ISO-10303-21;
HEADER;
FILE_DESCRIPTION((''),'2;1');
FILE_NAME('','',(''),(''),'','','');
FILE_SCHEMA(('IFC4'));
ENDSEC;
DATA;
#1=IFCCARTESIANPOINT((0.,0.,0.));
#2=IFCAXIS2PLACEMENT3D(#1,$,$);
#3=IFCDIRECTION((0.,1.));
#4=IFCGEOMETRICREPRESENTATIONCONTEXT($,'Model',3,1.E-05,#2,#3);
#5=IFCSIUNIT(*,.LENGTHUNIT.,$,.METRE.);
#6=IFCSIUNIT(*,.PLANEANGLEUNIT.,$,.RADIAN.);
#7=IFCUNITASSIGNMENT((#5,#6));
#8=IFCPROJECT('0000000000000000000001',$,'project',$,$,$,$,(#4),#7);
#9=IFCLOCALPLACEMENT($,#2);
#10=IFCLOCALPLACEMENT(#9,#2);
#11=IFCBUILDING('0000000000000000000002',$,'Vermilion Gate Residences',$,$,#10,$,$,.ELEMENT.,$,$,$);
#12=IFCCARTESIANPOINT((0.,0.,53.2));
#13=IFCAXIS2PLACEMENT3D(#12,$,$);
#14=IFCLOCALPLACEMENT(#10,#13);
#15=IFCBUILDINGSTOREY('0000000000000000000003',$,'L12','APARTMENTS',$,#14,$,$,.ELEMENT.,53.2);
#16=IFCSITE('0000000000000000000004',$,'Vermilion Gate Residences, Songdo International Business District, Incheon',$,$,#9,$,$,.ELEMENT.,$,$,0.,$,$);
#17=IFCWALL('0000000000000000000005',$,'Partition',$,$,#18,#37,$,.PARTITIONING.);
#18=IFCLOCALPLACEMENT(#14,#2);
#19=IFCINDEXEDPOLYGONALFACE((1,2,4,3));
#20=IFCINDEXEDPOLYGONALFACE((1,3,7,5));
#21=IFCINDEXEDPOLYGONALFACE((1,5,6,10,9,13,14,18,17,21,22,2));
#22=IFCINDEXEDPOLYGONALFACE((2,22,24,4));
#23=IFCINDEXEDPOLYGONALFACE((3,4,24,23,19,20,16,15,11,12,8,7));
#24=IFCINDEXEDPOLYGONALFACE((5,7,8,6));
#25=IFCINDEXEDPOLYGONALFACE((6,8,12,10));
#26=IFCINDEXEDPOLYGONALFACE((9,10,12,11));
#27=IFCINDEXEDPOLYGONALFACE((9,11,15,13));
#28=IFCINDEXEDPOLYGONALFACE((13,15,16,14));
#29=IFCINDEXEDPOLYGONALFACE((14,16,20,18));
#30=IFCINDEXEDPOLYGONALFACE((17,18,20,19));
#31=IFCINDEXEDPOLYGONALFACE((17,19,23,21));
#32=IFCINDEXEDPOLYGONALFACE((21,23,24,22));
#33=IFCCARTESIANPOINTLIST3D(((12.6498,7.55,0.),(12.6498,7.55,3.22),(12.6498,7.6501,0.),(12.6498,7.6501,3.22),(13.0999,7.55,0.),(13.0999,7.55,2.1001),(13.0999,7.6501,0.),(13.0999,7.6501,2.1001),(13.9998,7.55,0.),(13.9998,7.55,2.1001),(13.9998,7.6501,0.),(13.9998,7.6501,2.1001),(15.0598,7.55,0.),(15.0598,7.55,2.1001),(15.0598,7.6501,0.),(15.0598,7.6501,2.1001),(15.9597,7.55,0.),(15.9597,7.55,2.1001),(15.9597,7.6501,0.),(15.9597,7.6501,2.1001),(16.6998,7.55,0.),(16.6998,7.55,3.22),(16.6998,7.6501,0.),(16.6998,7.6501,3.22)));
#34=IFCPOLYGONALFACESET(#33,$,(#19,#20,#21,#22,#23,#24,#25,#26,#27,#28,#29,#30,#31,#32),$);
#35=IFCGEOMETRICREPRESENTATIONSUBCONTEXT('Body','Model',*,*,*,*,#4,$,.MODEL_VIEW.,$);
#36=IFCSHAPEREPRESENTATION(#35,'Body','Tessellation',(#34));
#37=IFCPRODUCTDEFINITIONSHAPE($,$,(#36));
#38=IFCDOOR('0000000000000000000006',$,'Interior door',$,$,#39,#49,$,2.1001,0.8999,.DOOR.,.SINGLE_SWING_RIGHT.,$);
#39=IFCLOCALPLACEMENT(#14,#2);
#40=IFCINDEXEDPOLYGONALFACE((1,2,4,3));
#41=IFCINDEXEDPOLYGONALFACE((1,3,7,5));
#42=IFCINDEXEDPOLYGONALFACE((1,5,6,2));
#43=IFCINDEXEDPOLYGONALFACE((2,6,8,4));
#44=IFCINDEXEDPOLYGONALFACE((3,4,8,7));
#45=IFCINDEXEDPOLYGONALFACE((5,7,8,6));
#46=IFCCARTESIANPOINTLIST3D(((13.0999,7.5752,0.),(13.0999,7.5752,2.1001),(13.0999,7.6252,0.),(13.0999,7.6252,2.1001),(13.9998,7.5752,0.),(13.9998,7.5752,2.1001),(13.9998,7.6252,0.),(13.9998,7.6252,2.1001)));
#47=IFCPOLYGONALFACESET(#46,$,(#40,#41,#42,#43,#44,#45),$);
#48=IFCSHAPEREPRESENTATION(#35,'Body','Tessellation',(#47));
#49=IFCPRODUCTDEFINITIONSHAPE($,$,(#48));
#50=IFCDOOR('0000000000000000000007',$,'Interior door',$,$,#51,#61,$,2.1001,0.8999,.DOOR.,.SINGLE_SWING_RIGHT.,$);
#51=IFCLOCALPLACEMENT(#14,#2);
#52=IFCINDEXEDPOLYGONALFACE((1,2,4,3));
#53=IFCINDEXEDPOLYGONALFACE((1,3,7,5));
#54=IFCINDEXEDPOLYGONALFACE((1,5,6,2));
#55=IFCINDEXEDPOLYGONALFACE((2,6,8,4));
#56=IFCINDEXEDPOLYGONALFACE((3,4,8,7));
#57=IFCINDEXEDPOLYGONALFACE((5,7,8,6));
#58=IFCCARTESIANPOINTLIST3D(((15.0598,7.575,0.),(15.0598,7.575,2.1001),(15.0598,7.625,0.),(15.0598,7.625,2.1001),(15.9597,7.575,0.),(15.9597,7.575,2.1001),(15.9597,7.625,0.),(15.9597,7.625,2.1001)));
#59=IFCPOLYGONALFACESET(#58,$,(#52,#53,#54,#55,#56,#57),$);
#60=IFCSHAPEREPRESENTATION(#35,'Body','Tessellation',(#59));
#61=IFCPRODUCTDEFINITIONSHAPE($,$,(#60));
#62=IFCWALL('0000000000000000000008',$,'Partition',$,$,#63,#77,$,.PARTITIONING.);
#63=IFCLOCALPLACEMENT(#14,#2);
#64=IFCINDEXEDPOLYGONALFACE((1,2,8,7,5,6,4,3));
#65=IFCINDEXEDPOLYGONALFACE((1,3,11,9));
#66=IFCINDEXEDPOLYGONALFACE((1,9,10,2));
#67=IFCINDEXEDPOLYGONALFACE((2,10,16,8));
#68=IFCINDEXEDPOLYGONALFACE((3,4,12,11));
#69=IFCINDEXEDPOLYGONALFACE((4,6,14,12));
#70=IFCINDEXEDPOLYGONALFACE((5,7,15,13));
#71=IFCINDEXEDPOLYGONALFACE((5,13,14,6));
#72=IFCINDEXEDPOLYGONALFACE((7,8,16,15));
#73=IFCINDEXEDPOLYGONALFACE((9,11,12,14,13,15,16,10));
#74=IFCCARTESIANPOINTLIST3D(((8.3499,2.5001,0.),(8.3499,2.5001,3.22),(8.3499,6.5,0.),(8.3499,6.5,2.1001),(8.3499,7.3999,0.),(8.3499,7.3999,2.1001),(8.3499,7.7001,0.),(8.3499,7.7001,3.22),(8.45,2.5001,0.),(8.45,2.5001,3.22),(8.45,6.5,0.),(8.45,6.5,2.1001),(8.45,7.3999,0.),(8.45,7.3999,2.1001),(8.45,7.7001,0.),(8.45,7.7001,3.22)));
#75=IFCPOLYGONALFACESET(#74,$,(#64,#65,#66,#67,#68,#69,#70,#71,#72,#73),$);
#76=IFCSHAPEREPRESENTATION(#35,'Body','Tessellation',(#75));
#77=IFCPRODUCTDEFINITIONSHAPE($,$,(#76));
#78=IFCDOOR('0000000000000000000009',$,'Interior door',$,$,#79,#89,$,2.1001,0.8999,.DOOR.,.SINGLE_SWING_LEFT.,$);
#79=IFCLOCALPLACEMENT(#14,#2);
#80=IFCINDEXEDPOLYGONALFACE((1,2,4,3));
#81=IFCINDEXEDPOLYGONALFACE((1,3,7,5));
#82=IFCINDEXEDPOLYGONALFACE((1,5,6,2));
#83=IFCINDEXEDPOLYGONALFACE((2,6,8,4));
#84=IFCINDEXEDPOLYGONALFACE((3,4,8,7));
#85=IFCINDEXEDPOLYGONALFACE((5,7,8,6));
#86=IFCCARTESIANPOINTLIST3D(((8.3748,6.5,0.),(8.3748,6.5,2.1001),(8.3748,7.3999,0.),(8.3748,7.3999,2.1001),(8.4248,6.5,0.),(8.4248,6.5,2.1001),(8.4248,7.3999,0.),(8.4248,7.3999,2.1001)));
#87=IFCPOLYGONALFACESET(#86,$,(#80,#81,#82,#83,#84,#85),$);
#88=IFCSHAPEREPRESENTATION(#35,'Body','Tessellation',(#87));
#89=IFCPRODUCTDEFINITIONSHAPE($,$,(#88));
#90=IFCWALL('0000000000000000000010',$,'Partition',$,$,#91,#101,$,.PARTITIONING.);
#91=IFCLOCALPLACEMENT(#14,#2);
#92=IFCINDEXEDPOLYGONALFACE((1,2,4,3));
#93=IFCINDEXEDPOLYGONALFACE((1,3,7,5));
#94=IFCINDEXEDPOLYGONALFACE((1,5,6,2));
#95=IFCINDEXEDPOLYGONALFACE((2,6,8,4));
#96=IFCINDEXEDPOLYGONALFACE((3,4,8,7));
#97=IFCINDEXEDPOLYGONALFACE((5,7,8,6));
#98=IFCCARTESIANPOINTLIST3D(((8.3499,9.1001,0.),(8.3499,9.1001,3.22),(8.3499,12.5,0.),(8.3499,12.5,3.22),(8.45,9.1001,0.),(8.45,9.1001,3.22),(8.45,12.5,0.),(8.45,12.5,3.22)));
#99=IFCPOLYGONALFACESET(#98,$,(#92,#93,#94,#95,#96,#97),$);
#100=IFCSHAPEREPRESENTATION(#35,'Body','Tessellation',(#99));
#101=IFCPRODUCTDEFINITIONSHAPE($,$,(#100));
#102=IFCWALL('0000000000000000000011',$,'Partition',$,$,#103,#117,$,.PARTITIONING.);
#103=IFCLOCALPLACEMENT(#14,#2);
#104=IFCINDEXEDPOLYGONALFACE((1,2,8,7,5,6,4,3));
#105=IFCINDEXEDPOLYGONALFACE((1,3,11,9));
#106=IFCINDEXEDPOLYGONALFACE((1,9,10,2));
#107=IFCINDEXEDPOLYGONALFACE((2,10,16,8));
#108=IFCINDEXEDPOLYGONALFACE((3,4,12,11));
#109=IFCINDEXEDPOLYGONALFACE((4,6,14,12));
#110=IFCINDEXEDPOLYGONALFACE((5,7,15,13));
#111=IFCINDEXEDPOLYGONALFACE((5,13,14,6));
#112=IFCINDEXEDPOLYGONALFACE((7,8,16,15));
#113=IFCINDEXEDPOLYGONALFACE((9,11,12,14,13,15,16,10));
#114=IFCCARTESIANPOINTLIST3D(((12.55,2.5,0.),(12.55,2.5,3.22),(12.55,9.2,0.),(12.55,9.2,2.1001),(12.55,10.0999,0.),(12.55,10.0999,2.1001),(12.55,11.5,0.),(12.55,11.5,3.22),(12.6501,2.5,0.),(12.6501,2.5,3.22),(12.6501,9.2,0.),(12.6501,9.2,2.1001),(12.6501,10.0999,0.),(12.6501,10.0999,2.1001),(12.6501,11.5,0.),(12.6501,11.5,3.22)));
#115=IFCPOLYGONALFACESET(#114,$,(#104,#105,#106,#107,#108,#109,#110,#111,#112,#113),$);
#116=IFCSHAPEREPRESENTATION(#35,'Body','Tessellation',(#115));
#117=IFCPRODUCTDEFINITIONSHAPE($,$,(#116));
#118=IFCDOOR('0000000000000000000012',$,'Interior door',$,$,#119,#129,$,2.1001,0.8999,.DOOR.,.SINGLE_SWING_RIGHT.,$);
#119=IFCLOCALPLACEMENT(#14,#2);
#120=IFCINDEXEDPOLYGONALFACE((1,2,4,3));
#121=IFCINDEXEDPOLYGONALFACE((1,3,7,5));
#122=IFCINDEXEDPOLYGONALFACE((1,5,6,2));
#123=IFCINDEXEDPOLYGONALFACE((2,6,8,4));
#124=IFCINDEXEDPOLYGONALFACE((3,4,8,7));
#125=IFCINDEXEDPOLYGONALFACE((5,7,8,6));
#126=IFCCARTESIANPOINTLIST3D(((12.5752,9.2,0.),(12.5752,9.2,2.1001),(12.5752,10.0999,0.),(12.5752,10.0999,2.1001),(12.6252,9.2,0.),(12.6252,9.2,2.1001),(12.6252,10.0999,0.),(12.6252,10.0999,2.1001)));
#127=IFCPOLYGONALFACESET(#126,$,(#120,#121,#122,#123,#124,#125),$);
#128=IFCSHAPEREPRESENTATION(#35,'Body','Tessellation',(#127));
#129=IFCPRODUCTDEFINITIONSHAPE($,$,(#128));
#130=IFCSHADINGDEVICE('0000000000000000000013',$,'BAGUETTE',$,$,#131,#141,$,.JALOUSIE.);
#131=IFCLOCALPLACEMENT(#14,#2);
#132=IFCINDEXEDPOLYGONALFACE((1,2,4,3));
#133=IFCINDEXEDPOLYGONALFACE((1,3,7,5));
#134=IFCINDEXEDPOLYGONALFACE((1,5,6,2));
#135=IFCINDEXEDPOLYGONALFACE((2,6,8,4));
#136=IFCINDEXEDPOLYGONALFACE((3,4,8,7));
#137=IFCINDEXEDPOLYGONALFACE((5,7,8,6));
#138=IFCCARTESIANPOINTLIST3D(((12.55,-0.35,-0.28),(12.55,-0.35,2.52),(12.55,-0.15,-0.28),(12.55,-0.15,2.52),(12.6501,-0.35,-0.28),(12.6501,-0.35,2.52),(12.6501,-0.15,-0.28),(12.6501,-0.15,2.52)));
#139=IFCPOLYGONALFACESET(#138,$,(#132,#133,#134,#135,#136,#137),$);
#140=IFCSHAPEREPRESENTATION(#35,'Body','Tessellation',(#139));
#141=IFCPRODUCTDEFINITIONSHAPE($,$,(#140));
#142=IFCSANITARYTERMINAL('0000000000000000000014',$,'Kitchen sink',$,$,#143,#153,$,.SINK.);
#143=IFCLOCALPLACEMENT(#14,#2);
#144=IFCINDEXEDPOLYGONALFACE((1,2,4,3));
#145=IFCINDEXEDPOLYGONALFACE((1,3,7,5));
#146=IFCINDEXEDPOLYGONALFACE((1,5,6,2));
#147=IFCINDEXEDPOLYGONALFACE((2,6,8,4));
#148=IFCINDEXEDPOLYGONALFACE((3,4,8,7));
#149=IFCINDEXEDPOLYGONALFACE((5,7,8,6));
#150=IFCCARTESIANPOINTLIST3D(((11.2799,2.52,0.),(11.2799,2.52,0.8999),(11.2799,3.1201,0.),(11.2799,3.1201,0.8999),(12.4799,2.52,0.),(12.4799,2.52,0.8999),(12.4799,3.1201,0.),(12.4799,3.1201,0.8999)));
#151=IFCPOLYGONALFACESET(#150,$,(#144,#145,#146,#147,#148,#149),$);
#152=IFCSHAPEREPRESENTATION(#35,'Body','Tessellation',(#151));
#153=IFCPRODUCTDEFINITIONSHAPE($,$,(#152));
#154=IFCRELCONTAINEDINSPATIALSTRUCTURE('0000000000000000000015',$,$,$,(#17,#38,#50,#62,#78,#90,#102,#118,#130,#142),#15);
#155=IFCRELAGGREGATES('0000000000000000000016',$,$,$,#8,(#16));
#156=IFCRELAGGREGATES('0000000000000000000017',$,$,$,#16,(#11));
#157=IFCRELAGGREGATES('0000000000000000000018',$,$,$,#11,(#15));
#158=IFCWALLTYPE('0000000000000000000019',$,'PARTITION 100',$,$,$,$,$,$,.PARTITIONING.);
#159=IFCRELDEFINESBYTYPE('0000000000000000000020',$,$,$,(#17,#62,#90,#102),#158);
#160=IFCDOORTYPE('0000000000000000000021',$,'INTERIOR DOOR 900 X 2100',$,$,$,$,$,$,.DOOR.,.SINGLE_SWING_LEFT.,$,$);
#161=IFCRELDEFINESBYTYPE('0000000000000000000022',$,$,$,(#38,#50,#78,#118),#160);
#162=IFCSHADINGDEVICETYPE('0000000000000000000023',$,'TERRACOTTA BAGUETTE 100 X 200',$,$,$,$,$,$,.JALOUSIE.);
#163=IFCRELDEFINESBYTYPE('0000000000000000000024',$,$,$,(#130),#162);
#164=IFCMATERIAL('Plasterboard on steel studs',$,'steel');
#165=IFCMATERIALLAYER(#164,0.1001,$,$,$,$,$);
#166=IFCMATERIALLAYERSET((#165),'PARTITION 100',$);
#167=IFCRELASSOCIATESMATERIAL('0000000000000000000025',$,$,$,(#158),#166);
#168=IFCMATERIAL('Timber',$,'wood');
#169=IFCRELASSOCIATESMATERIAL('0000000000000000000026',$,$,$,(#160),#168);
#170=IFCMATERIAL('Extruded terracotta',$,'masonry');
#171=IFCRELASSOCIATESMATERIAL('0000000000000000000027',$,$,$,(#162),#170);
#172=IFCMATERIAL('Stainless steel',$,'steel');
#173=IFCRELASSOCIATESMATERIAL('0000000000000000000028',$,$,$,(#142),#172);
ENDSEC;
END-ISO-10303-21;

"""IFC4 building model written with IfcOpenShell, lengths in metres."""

from ifc_helpers import new_model, si_unit, direction, frame, frame_2d, origin, origin_2d, place, context, subcontext, project, spatial, rectangle, extrude, material, layer, layer_set, material_profile, profile_set, type_object, element, fill, save


model = new_model("IFC4")

# Units and contexts
model_context = context("Model", 3, precision=1e-05, world=origin(), true_north=direction((0.0, 1.0)))
body_context = subcontext(model_context, "Body", "Model", "MODEL_VIEW")
ifc_project = project(units=[si_unit("LENGTHUNIT", "METRE"), si_unit("PLANEANGLEUNIT", "RADIAN")], contexts=[model_context])

# Site, building, storey
site_placement = place(None, origin())
site = spatial("IfcSite", under=ifc_project, at=site_placement, Name="Vermilion Gate Residences, Songdo International Business District, Incheon", CompositionType="ELEMENT", RefElevation=0.0)
building_placement = place(site_placement, origin())
building = spatial("IfcBuilding", under=site, at=building_placement, Name="Vermilion Gate Residences", CompositionType="ELEMENT")
storey_placement = place(building_placement, frame((0.0, 0.0, 53.2)))
storey = spatial("IfcBuildingStorey", under=building, at=storey_placement, Name="L12", Description="APARTMENTS", CompositionType="ELEMENT", Elevation=53.2)

# Wall, openings, doors
ifc_material_1 = material(Name="Plasterboard on steel studs", Category="steel")
ifc_layer_1 = layer(ifc_material_1, 0.1001)
ifc_layer_set_1 = layer_set([ifc_layer_1], Name="PARTITION 100")
wall_type_1 = type_object("IfcWallType", Name="PARTITION 100", PredefinedType="PARTITIONING", material=ifc_layer_set_1)
ifc_material_2 = material(Name="Timber", Category="wood")
door_type = type_object("IfcDoorType", Name="INTERIOR DOOR 900 X 2100", OperationType="SINGLE_SWING_LEFT", PredefinedType="DOOR", material=ifc_material_2)
wall_1_placement = place(storey_placement, frame((12.6499, 7.6001, 0.0), z_axis=(0.0, 0.0, 1.0), x_axis=(1.0, 0.0, 0.0)))
wall_1 = element("IfcWall", 1, at=wall_1_placement, inside=storey, type_object=wall_type_1, Name="Partition", PredefinedType="PARTITIONING", context=body_context, shape_type="SweptSolid", body=[
    extrude(rectangle(XDim=4.05, YDim=0.1001, at=frame_2d((2.0249, 0.0))), origin(), (0.0, 0.0, 1.0), 3.22),
])
opening_1_placement = place(wall_1_placement, frame((0.45, 0.0, 0.0)))
opening_1 = element("IfcOpeningElement", 2, at=opening_1_placement, cuts=wall_1, PredefinedType="OPENING", context=body_context, shape_type="SweptSolid", body=[
    extrude(rectangle(XDim=0.8999, YDim=2.1001, at=frame_2d((0.45, 1.05))), frame((0.0, 0.0601, 0.0), z_axis=(0.0, -1.0, 0.0), x_axis=(1.0, 0.0, 0.0)), (0.0, 0.0, 1.0), 0.1201),
])
opening_2_placement = place(wall_1_placement, frame((2.4099, 0.0, 0.0)))
opening_2 = element("IfcOpeningElement", 3, at=opening_2_placement, cuts=wall_1, PredefinedType="OPENING", context=body_context, shape_type="SweptSolid", body=[
    extrude(rectangle(XDim=0.8999, YDim=2.1001, at=frame_2d((0.45, 1.05))), frame((0.0, 0.0601, 0.0), z_axis=(0.0, -1.0, 0.0), x_axis=(1.0, 0.0, 0.0)), (0.0, 0.0, 1.0), 0.1201),
])
door_1_placement = place(opening_1_placement, frame((0.8999, 0.0, 0.0), z_axis=(0.0, 0.0, 1.0), x_axis=(-1.0, 0.0, 0.0)))
door_1 = element("IfcDoor", 4, at=door_1_placement, inside=storey, type_object=door_type, Name="Interior door", OperationType="SINGLE_SWING_RIGHT", OverallHeight=2.1001, OverallWidth=0.8999, PredefinedType="DOOR", context=body_context, shape_type="SweptSolid", body=[
    extrude(rectangle(XDim=0.8999, YDim=2.1001, at=frame_2d((0.45, 1.05))), frame((0.0, 0.0249, 0.0), z_axis=(0.0, -1.0, 0.0), x_axis=(1.0, 0.0, 0.0)), (0.0, 0.0, 1.0), 0.05),
])
fill(opening_1, door_1)
door_2_placement = place(opening_2_placement, origin())
door_2 = element("IfcDoor", 5, at=door_2_placement, inside=storey, type_object=door_type, Name="Interior door", OperationType="SINGLE_SWING_RIGHT", OverallHeight=2.1001, OverallWidth=0.8999, PredefinedType="DOOR", context=body_context, shape_type="SweptSolid", body=[
    extrude(rectangle(XDim=0.8999, YDim=2.1001, at=frame_2d((0.45, 1.05))), frame((0.0, 0.0249, 0.0), z_axis=(0.0, -1.0, 0.0), x_axis=(1.0, 0.0, 0.0)), (0.0, 0.0, 1.0), 0.05),
])
fill(opening_2, door_2)

# Wall, opening, door
wall_2_placement = place(storey_placement, frame((8.3999, 2.5, 0.0), z_axis=(0.0, 0.0, 1.0), x_axis=(0.0, 1.0, 0.0)))
wall_2 = element("IfcWall", 6, at=wall_2_placement, inside=storey, type_object=wall_type_1, Name="Partition", PredefinedType="PARTITIONING", context=body_context, shape_type="SweptSolid", body=[
    extrude(rectangle(XDim=5.2, YDim=0.1001, at=frame_2d((2.6001, 0.0))), origin(), (0.0, 0.0, 1.0), 3.22),
])
opening_3_placement = place(wall_2_placement, frame((4.0, 0.0, 0.0)))
opening_3 = element("IfcOpeningElement", 7, at=opening_3_placement, cuts=wall_2, PredefinedType="OPENING", context=body_context, shape_type="SweptSolid", body=[
    extrude(rectangle(XDim=0.8999, YDim=2.1001, at=frame_2d((0.45, 1.05))), frame((0.0, 0.0601, 0.0), z_axis=(0.0, -1.0, 0.0), x_axis=(1.0, 0.0, 0.0)), (0.0, 0.0, 1.0), 0.1201),
])
door_3_placement = place(opening_3_placement, frame((0.8999, 0.0, 0.0), z_axis=(0.0, 0.0, 1.0), x_axis=(-1.0, 0.0, 0.0)))
door_3 = element("IfcDoor", 8, at=door_3_placement, inside=storey, type_object=door_type, Name="Interior door", OperationType="SINGLE_SWING_LEFT", OverallHeight=2.1001, OverallWidth=0.8999, PredefinedType="DOOR", context=body_context, shape_type="SweptSolid", body=[
    extrude(rectangle(XDim=0.8999, YDim=2.1001, at=frame_2d((0.45, 1.05))), frame((0.0, 0.0249, 0.0), z_axis=(0.0, -1.0, 0.0), x_axis=(1.0, 0.0, 0.0)), (0.0, 0.0, 1.0), 0.05),
])
fill(opening_3, door_3)

# Wall
wall_3_placement = place(storey_placement, frame((8.3999, 9.1001, 0.0), z_axis=(0.0, 0.0, 1.0), x_axis=(0.0, 1.0, 0.0)))
element("IfcWall", 9, at=wall_3_placement, inside=storey, type_object=wall_type_1, Name="Partition", PredefinedType="PARTITIONING", context=body_context, shape_type="SweptSolid", body=[
    extrude(rectangle(XDim=3.3999, YDim=0.1001, at=frame_2d((1.7, 0.0))), origin(), (0.0, 0.0, 1.0), 3.22),
])

# Wall, opening, door
wall_4_placement = place(storey_placement, frame((12.6001, 2.5, 0.0), z_axis=(0.0, 0.0, 1.0), x_axis=(0.0, 1.0, 0.0)))
wall_4 = element("IfcWall", 10, at=wall_4_placement, inside=storey, type_object=wall_type_1, Name="Partition", PredefinedType="PARTITIONING", context=body_context, shape_type="SweptSolid", body=[
    extrude(rectangle(XDim=9.0, YDim=0.1001, at=frame_2d((4.5, 0.0))), origin(), (0.0, 0.0, 1.0), 3.22),
])
opening_4_placement = place(wall_4_placement, frame((6.7, 0.0, 0.0)))
opening_4 = element("IfcOpeningElement", 11, at=opening_4_placement, cuts=wall_4, PredefinedType="OPENING", context=body_context, shape_type="SweptSolid", body=[
    extrude(rectangle(XDim=0.8999, YDim=2.1001, at=frame_2d((0.45, 1.05))), frame((0.0, 0.0601, 0.0), z_axis=(0.0, -1.0, 0.0), x_axis=(1.0, 0.0, 0.0)), (0.0, 0.0, 1.0), 0.1201),
])
door_4_placement = place(opening_4_placement, origin())
door_4 = element("IfcDoor", 12, at=door_4_placement, inside=storey, type_object=door_type, Name="Interior door", OperationType="SINGLE_SWING_RIGHT", OverallHeight=2.1001, OverallWidth=0.8999, PredefinedType="DOOR", context=body_context, shape_type="SweptSolid", body=[
    extrude(rectangle(XDim=0.8999, YDim=2.1001, at=frame_2d((0.45, 1.05))), frame((0.0, 0.0249, 0.0), z_axis=(0.0, -1.0, 0.0), x_axis=(1.0, 0.0, 0.0)), (0.0, 0.0, 1.0), 0.05),
])
fill(opening_4, door_4)

# Shading device
ifc_material_3 = material(Name="Extruded terracotta", Category="masonry")
ifc_material_profile_1 = material_profile(ifc_material_3, rectangle(XDim=0.2, YDim=0.1001, at=origin_2d()), Name="BAGUETTE 100 X 200")
ifc_profile_set_1 = profile_set([ifc_material_profile_1], Name="Extruded terracotta")
shading_device_type = type_object("IfcShadingDeviceType", Name="TERRACOTTA BAGUETTE 100 X 200", PredefinedType="JALOUSIE", material=ifc_profile_set_1)
shading_device_placement = place(storey_placement, frame((12.6001, -0.25, -0.28), z_axis=(0.0, 0.0, 1.0), x_axis=(0.0, 1.0, 0.0)))
element("IfcShadingDevice", 13, at=shading_device_placement, inside=storey, type_object=shading_device_type, Name="BAGUETTE", PredefinedType="JALOUSIE", context=body_context, shape_type="SweptSolid", body=[
    extrude(rectangle(XDim=0.2, YDim=0.1001, at=origin_2d()), origin(), (0.0, 0.0, 1.0), 2.8),
])

# Sanitary terminal
ifc_material_4 = material(Name="Stainless steel", Category="steel")
sanitary_terminal_placement = place(storey_placement, frame((11.8799, 2.8201, 0.0), z_axis=(0.0, 0.0, 1.0), x_axis=(1.0, 0.0, 0.0)))
element("IfcSanitaryTerminal", 14, at=sanitary_terminal_placement, inside=storey, material=ifc_material_4, Name="Kitchen sink", PredefinedType="SINK", context=body_context, shape_type="SweptSolid", body=[
    extrude(rectangle(XDim=1.2, YDim=0.6001, at=origin_2d()), origin(), (0.0, 0.0, 1.0), 0.8999),
])

save(model, "model.ifc")
